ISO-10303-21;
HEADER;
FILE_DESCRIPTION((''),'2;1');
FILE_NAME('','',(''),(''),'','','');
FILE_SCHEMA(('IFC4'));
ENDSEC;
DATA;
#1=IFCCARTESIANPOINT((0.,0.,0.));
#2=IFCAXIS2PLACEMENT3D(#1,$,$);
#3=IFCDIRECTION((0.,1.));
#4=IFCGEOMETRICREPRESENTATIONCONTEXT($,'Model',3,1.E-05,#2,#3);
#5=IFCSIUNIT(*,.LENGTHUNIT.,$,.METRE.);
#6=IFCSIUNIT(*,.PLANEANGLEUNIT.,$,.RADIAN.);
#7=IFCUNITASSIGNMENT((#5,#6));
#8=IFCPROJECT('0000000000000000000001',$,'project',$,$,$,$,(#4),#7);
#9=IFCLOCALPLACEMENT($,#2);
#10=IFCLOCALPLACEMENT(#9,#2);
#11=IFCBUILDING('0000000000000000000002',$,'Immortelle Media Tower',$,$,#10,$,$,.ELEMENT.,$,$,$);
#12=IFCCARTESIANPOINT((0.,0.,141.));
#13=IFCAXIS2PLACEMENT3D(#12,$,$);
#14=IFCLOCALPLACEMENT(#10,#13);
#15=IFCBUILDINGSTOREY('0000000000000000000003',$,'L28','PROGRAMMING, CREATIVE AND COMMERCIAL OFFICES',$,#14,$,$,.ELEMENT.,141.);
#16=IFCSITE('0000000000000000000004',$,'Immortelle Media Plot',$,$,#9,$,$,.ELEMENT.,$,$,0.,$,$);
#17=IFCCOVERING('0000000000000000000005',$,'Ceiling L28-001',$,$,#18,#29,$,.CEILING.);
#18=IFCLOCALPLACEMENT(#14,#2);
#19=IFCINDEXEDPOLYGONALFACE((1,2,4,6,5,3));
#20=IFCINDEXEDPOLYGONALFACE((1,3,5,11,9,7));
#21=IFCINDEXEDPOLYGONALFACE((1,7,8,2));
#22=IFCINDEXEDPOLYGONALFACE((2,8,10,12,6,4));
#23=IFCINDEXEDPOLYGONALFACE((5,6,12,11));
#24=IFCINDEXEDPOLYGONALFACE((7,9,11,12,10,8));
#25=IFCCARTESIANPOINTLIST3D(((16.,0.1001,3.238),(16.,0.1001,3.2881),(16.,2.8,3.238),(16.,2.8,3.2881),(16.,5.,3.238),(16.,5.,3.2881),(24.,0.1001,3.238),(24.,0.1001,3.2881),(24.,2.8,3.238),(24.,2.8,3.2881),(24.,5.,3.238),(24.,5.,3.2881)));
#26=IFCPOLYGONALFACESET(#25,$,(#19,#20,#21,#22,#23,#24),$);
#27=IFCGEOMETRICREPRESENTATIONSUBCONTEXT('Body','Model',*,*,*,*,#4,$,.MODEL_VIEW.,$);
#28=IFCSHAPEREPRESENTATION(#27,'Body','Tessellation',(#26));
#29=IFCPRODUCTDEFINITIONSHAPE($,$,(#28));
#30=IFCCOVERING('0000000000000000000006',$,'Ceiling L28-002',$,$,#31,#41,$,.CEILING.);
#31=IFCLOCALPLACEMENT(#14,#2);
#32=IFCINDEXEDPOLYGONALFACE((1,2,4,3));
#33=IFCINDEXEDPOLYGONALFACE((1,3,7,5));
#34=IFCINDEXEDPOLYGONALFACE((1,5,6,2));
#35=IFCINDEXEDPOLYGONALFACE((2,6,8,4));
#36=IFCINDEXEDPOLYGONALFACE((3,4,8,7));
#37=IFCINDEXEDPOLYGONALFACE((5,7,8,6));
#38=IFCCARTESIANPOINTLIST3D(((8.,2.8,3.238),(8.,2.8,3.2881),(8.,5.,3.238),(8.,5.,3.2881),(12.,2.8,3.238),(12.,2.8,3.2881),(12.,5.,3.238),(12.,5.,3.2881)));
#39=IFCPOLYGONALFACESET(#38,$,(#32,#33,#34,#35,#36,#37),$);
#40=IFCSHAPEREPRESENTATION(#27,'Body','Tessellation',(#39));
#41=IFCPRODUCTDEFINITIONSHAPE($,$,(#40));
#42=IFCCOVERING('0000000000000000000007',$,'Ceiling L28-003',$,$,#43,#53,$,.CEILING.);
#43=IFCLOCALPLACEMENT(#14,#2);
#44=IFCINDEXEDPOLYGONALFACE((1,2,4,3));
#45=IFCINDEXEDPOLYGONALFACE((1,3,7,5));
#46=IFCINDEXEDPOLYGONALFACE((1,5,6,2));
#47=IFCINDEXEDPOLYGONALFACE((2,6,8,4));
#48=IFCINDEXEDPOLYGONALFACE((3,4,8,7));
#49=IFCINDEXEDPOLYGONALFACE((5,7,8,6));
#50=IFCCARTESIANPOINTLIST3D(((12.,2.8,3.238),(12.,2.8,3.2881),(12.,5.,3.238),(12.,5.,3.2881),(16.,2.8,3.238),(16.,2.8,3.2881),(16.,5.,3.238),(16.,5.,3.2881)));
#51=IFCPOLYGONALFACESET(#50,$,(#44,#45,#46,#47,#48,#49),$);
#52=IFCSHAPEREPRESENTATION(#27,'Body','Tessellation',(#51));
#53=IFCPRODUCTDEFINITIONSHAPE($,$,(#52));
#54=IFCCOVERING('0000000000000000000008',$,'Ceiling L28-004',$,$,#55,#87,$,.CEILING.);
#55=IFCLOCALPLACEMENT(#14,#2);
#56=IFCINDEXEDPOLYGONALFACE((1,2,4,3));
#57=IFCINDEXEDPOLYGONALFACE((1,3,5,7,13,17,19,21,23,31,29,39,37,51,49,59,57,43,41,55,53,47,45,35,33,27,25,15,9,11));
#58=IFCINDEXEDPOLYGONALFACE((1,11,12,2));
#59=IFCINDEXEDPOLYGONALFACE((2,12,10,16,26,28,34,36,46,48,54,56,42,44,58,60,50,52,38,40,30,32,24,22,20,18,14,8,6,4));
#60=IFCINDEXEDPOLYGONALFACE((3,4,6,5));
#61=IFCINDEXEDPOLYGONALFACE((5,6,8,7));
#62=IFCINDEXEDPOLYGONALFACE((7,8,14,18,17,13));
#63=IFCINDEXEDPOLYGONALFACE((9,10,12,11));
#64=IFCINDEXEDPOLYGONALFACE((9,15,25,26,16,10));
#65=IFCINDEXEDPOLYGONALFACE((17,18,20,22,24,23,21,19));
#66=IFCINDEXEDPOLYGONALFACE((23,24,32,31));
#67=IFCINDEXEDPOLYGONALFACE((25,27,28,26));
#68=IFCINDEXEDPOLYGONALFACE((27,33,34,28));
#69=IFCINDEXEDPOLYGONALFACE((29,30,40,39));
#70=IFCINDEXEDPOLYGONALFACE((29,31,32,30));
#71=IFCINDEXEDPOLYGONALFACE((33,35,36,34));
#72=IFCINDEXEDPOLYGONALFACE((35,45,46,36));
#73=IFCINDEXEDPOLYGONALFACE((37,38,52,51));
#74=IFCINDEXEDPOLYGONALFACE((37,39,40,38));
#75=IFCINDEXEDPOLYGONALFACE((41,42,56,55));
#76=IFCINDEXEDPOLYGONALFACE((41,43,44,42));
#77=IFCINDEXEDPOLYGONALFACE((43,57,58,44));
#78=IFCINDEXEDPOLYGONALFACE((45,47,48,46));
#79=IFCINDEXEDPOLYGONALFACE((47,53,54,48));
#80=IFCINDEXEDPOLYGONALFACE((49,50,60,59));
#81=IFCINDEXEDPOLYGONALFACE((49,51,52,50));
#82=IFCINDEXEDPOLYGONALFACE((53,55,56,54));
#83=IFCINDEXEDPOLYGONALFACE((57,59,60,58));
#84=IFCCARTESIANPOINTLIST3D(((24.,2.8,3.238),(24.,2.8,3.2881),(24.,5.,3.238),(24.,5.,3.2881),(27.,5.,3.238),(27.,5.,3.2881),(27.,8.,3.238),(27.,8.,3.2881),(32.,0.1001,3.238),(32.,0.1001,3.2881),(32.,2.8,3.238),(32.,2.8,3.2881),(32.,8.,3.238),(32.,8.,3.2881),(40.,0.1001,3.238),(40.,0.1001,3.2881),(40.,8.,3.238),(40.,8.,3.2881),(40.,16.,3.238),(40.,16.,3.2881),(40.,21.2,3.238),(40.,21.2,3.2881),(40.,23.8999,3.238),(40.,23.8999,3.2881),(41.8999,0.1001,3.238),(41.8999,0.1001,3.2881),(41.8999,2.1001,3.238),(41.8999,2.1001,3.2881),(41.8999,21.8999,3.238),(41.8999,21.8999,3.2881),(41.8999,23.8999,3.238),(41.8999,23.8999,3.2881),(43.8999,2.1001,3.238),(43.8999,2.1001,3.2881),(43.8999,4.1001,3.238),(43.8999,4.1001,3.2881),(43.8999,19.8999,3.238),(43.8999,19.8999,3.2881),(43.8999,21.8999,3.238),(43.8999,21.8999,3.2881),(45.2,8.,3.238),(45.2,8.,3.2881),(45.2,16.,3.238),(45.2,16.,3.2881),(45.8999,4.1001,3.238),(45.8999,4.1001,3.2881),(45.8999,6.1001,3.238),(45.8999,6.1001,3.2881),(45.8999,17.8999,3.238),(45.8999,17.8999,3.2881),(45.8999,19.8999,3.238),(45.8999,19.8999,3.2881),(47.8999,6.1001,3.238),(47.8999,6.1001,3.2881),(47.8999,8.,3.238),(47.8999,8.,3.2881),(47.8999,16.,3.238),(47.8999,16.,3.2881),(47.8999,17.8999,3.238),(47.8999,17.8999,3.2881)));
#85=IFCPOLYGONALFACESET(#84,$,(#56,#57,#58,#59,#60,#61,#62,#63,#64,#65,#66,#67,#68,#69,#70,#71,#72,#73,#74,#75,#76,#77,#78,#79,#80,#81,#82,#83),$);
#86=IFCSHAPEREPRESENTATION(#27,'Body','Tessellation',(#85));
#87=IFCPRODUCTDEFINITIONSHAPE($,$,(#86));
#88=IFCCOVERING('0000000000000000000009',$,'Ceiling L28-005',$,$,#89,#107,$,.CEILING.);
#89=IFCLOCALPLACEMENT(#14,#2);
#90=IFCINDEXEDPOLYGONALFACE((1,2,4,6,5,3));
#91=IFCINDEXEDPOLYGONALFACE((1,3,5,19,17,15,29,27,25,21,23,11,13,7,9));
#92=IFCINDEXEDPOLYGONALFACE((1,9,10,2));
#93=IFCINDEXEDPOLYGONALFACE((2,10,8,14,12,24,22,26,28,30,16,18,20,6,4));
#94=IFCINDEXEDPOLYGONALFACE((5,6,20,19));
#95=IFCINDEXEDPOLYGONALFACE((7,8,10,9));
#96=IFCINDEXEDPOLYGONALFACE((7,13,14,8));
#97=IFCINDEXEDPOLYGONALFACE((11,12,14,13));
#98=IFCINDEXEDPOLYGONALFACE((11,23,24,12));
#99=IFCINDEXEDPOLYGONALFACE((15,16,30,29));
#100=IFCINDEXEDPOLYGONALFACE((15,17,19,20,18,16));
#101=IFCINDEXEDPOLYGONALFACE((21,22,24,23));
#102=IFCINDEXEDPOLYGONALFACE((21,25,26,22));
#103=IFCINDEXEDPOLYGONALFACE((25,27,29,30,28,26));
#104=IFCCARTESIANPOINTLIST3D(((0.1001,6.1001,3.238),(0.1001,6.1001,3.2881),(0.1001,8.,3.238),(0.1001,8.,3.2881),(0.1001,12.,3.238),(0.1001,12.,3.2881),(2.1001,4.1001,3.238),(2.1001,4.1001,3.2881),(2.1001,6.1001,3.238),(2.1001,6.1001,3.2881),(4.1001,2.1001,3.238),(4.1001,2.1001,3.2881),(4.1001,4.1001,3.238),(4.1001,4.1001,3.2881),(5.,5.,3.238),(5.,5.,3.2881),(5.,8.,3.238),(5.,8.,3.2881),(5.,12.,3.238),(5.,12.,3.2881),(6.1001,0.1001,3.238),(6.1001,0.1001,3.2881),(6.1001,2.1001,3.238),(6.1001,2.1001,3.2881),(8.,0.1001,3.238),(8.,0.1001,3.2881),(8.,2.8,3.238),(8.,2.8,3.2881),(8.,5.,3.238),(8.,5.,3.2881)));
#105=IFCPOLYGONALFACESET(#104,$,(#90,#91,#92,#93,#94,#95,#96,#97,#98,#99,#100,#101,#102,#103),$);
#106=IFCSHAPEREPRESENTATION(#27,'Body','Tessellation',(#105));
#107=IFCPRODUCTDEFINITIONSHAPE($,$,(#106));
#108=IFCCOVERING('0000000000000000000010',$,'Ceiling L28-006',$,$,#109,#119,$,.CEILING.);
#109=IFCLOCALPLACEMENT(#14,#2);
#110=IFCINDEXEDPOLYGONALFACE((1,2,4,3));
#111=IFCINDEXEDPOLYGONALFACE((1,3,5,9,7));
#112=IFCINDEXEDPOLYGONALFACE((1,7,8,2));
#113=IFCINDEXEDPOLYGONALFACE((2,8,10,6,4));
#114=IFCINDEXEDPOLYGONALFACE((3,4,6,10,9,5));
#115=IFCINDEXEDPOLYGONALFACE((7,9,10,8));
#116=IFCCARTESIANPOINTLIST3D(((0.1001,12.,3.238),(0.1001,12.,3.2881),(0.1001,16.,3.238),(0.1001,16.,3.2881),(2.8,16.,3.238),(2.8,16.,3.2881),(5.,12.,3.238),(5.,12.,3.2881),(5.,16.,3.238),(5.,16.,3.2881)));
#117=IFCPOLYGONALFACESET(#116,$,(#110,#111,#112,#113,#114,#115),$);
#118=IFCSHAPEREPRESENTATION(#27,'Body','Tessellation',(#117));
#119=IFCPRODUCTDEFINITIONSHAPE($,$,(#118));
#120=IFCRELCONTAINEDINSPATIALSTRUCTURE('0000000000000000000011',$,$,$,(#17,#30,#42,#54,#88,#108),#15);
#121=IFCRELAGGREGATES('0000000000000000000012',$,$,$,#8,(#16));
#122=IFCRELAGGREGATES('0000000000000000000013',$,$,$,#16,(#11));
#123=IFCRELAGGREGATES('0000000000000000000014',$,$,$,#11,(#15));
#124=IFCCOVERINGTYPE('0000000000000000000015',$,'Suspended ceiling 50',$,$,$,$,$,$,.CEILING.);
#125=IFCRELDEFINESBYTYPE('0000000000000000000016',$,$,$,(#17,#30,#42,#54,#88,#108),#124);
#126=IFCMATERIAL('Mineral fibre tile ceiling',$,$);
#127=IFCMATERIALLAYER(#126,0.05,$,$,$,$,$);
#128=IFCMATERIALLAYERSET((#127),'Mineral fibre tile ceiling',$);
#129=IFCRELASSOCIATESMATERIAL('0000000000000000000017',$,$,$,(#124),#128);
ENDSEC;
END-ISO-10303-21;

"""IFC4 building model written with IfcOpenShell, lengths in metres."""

from ifc_helpers import new_model, si_unit, direction, frame, origin, place, context, subcontext, project, spatial, polyline, outline, extrude, material, layer, layer_set, type_object, element, save


model = new_model("IFC4")

# Units and contexts
model_context = context("Model", 3, precision=1e-05, world=origin(), true_north=direction((0.0, 1.0)))
body_context = subcontext(model_context, "Body", "Model", "MODEL_VIEW")
ifc_project = project(units=[si_unit("LENGTHUNIT", "METRE"), si_unit("PLANEANGLEUNIT", "RADIAN")], contexts=[model_context])

# Site, building, storey
site_placement = place(None, origin())
site = spatial("IfcSite", under=ifc_project, at=site_placement, Name="Immortelle Media Plot", CompositionType="ELEMENT", RefElevation=0.0)
building_placement = place(site_placement, origin())
building = spatial("IfcBuilding", under=site, at=building_placement, Name="Immortelle Media Tower", CompositionType="ELEMENT")
storey_placement = place(building_placement, frame((0.0, 0.0, 141.0)))
storey = spatial("IfcBuildingStorey", under=building, at=storey_placement, Name="L28", Description="PROGRAMMING, CREATIVE AND COMMERCIAL OFFICES", CompositionType="ELEMENT", Elevation=141.0)

# Coverings
ifc_material_1 = material(Name="Mineral fibre tile ceiling")
ifc_layer_1 = layer(ifc_material_1, 0.05)
ifc_layer_set_1 = layer_set([ifc_layer_1], Name="Mineral fibre tile ceiling")
covering_type = type_object("IfcCoveringType", Name="Suspended ceiling 50", PredefinedType="CEILING", material=ifc_layer_set_1)
covering_1_placement = place(storey_placement, frame((0.0, 0.0, 3.238)))
element("IfcCovering", 1, at=covering_1_placement, inside=storey, type_object=covering_type, Name="Ceiling L28-001", PredefinedType="CEILING", context=body_context, shape_type="SweptSolid", body=[
    extrude(outline(polyline([(16.0, 0.1001), (16.0, 2.8), (16.0, 5.0), (24.0, 5.0), (24.0, 2.8), (24.0, 0.1001), (16.0, 0.1001)])), origin(), (0.0, 0.0, 1.0), 0.05),
])
covering_2_placement = place(storey_placement, frame((0.0, 0.0, 3.238)))
element("IfcCovering", 2, at=covering_2_placement, inside=storey, type_object=covering_type, Name="Ceiling L28-002", PredefinedType="CEILING", context=body_context, shape_type="SweptSolid", body=[
    extrude(outline(polyline([(8.0, 5.0), (12.0, 5.0), (12.0, 2.8), (8.0, 2.8), (8.0, 5.0)])), origin(), (0.0, 0.0, 1.0), 0.05),
])
covering_3_placement = place(storey_placement, frame((0.0, 0.0, 3.238)))
element("IfcCovering", 3, at=covering_3_placement, inside=storey, type_object=covering_type, Name="Ceiling L28-003", PredefinedType="CEILING", context=body_context, shape_type="SweptSolid", body=[
    extrude(outline(polyline([(16.0, 5.0), (16.0, 2.8), (12.0, 2.8), (12.0, 5.0), (16.0, 5.0)])), origin(), (0.0, 0.0, 1.0), 0.05),
])
covering_4_placement = place(storey_placement, frame((0.0, 0.0, 3.238)))
element("IfcCovering", 4, at=covering_4_placement, inside=storey, type_object=covering_type, Name="Ceiling L28-004", PredefinedType="CEILING", context=body_context, shape_type="SweptSolid", body=[
    extrude(outline(polyline([(27.0, 5.0), (27.0, 8.0), (32.0, 8.0), (40.0, 8.0), (40.0, 16.0), (40.0, 21.2), (40.0, 23.8999), (41.8999, 23.8999), (41.8999, 21.8999), (43.8999, 21.8999), (43.8999, 19.8999), (45.8999, 19.8999), (45.8999, 17.8999), (47.8999, 17.8999), (47.8999, 16.0), (45.2, 16.0), (45.2, 8.0), (47.8999, 8.0), (47.8999, 6.1001), (45.8999, 6.1001), (45.8999, 4.1001), (43.8999, 4.1001), (43.8999, 2.1001), (41.8999, 2.1001), (41.8999, 0.1001), (40.0, 0.1001), (32.0, 0.1001), (32.0, 2.8), (24.0, 2.8), (24.0, 5.0), (27.0, 5.0)])), origin(), (0.0, 0.0, 1.0), 0.05),
])
covering_5_placement = place(storey_placement, frame((0.0, 0.0, 3.238)))
element("IfcCovering", 5, at=covering_5_placement, inside=storey, type_object=covering_type, Name="Ceiling L28-005", PredefinedType="CEILING", context=body_context, shape_type="SweptSolid", body=[
    extrude(outline(polyline([(4.1001, 2.1001), (4.1001, 4.1001), (2.1001, 4.1001), (2.1001, 6.1001), (0.1001, 6.1001), (0.1001, 8.0), (0.1001, 12.0), (5.0, 12.0), (5.0, 8.0), (5.0, 5.0), (8.0, 5.0), (8.0, 2.8), (8.0, 0.1001), (6.1001, 0.1001), (6.1001, 2.1001), (4.1001, 2.1001)])), origin(), (0.0, 0.0, 1.0), 0.05),
])
covering_6_placement = place(storey_placement, frame((0.0, 0.0, 3.238)))
element("IfcCovering", 6, at=covering_6_placement, inside=storey, type_object=covering_type, Name="Ceiling L28-006", PredefinedType="CEILING", context=body_context, shape_type="SweptSolid", body=[
    extrude(outline(polyline([(0.1001, 16.0), (2.8, 16.0), (5.0, 16.0), (5.0, 12.0), (0.1001, 12.0), (0.1001, 16.0)])), origin(), (0.0, 0.0, 1.0), 0.05),
])

save(model, "model.ifc")
